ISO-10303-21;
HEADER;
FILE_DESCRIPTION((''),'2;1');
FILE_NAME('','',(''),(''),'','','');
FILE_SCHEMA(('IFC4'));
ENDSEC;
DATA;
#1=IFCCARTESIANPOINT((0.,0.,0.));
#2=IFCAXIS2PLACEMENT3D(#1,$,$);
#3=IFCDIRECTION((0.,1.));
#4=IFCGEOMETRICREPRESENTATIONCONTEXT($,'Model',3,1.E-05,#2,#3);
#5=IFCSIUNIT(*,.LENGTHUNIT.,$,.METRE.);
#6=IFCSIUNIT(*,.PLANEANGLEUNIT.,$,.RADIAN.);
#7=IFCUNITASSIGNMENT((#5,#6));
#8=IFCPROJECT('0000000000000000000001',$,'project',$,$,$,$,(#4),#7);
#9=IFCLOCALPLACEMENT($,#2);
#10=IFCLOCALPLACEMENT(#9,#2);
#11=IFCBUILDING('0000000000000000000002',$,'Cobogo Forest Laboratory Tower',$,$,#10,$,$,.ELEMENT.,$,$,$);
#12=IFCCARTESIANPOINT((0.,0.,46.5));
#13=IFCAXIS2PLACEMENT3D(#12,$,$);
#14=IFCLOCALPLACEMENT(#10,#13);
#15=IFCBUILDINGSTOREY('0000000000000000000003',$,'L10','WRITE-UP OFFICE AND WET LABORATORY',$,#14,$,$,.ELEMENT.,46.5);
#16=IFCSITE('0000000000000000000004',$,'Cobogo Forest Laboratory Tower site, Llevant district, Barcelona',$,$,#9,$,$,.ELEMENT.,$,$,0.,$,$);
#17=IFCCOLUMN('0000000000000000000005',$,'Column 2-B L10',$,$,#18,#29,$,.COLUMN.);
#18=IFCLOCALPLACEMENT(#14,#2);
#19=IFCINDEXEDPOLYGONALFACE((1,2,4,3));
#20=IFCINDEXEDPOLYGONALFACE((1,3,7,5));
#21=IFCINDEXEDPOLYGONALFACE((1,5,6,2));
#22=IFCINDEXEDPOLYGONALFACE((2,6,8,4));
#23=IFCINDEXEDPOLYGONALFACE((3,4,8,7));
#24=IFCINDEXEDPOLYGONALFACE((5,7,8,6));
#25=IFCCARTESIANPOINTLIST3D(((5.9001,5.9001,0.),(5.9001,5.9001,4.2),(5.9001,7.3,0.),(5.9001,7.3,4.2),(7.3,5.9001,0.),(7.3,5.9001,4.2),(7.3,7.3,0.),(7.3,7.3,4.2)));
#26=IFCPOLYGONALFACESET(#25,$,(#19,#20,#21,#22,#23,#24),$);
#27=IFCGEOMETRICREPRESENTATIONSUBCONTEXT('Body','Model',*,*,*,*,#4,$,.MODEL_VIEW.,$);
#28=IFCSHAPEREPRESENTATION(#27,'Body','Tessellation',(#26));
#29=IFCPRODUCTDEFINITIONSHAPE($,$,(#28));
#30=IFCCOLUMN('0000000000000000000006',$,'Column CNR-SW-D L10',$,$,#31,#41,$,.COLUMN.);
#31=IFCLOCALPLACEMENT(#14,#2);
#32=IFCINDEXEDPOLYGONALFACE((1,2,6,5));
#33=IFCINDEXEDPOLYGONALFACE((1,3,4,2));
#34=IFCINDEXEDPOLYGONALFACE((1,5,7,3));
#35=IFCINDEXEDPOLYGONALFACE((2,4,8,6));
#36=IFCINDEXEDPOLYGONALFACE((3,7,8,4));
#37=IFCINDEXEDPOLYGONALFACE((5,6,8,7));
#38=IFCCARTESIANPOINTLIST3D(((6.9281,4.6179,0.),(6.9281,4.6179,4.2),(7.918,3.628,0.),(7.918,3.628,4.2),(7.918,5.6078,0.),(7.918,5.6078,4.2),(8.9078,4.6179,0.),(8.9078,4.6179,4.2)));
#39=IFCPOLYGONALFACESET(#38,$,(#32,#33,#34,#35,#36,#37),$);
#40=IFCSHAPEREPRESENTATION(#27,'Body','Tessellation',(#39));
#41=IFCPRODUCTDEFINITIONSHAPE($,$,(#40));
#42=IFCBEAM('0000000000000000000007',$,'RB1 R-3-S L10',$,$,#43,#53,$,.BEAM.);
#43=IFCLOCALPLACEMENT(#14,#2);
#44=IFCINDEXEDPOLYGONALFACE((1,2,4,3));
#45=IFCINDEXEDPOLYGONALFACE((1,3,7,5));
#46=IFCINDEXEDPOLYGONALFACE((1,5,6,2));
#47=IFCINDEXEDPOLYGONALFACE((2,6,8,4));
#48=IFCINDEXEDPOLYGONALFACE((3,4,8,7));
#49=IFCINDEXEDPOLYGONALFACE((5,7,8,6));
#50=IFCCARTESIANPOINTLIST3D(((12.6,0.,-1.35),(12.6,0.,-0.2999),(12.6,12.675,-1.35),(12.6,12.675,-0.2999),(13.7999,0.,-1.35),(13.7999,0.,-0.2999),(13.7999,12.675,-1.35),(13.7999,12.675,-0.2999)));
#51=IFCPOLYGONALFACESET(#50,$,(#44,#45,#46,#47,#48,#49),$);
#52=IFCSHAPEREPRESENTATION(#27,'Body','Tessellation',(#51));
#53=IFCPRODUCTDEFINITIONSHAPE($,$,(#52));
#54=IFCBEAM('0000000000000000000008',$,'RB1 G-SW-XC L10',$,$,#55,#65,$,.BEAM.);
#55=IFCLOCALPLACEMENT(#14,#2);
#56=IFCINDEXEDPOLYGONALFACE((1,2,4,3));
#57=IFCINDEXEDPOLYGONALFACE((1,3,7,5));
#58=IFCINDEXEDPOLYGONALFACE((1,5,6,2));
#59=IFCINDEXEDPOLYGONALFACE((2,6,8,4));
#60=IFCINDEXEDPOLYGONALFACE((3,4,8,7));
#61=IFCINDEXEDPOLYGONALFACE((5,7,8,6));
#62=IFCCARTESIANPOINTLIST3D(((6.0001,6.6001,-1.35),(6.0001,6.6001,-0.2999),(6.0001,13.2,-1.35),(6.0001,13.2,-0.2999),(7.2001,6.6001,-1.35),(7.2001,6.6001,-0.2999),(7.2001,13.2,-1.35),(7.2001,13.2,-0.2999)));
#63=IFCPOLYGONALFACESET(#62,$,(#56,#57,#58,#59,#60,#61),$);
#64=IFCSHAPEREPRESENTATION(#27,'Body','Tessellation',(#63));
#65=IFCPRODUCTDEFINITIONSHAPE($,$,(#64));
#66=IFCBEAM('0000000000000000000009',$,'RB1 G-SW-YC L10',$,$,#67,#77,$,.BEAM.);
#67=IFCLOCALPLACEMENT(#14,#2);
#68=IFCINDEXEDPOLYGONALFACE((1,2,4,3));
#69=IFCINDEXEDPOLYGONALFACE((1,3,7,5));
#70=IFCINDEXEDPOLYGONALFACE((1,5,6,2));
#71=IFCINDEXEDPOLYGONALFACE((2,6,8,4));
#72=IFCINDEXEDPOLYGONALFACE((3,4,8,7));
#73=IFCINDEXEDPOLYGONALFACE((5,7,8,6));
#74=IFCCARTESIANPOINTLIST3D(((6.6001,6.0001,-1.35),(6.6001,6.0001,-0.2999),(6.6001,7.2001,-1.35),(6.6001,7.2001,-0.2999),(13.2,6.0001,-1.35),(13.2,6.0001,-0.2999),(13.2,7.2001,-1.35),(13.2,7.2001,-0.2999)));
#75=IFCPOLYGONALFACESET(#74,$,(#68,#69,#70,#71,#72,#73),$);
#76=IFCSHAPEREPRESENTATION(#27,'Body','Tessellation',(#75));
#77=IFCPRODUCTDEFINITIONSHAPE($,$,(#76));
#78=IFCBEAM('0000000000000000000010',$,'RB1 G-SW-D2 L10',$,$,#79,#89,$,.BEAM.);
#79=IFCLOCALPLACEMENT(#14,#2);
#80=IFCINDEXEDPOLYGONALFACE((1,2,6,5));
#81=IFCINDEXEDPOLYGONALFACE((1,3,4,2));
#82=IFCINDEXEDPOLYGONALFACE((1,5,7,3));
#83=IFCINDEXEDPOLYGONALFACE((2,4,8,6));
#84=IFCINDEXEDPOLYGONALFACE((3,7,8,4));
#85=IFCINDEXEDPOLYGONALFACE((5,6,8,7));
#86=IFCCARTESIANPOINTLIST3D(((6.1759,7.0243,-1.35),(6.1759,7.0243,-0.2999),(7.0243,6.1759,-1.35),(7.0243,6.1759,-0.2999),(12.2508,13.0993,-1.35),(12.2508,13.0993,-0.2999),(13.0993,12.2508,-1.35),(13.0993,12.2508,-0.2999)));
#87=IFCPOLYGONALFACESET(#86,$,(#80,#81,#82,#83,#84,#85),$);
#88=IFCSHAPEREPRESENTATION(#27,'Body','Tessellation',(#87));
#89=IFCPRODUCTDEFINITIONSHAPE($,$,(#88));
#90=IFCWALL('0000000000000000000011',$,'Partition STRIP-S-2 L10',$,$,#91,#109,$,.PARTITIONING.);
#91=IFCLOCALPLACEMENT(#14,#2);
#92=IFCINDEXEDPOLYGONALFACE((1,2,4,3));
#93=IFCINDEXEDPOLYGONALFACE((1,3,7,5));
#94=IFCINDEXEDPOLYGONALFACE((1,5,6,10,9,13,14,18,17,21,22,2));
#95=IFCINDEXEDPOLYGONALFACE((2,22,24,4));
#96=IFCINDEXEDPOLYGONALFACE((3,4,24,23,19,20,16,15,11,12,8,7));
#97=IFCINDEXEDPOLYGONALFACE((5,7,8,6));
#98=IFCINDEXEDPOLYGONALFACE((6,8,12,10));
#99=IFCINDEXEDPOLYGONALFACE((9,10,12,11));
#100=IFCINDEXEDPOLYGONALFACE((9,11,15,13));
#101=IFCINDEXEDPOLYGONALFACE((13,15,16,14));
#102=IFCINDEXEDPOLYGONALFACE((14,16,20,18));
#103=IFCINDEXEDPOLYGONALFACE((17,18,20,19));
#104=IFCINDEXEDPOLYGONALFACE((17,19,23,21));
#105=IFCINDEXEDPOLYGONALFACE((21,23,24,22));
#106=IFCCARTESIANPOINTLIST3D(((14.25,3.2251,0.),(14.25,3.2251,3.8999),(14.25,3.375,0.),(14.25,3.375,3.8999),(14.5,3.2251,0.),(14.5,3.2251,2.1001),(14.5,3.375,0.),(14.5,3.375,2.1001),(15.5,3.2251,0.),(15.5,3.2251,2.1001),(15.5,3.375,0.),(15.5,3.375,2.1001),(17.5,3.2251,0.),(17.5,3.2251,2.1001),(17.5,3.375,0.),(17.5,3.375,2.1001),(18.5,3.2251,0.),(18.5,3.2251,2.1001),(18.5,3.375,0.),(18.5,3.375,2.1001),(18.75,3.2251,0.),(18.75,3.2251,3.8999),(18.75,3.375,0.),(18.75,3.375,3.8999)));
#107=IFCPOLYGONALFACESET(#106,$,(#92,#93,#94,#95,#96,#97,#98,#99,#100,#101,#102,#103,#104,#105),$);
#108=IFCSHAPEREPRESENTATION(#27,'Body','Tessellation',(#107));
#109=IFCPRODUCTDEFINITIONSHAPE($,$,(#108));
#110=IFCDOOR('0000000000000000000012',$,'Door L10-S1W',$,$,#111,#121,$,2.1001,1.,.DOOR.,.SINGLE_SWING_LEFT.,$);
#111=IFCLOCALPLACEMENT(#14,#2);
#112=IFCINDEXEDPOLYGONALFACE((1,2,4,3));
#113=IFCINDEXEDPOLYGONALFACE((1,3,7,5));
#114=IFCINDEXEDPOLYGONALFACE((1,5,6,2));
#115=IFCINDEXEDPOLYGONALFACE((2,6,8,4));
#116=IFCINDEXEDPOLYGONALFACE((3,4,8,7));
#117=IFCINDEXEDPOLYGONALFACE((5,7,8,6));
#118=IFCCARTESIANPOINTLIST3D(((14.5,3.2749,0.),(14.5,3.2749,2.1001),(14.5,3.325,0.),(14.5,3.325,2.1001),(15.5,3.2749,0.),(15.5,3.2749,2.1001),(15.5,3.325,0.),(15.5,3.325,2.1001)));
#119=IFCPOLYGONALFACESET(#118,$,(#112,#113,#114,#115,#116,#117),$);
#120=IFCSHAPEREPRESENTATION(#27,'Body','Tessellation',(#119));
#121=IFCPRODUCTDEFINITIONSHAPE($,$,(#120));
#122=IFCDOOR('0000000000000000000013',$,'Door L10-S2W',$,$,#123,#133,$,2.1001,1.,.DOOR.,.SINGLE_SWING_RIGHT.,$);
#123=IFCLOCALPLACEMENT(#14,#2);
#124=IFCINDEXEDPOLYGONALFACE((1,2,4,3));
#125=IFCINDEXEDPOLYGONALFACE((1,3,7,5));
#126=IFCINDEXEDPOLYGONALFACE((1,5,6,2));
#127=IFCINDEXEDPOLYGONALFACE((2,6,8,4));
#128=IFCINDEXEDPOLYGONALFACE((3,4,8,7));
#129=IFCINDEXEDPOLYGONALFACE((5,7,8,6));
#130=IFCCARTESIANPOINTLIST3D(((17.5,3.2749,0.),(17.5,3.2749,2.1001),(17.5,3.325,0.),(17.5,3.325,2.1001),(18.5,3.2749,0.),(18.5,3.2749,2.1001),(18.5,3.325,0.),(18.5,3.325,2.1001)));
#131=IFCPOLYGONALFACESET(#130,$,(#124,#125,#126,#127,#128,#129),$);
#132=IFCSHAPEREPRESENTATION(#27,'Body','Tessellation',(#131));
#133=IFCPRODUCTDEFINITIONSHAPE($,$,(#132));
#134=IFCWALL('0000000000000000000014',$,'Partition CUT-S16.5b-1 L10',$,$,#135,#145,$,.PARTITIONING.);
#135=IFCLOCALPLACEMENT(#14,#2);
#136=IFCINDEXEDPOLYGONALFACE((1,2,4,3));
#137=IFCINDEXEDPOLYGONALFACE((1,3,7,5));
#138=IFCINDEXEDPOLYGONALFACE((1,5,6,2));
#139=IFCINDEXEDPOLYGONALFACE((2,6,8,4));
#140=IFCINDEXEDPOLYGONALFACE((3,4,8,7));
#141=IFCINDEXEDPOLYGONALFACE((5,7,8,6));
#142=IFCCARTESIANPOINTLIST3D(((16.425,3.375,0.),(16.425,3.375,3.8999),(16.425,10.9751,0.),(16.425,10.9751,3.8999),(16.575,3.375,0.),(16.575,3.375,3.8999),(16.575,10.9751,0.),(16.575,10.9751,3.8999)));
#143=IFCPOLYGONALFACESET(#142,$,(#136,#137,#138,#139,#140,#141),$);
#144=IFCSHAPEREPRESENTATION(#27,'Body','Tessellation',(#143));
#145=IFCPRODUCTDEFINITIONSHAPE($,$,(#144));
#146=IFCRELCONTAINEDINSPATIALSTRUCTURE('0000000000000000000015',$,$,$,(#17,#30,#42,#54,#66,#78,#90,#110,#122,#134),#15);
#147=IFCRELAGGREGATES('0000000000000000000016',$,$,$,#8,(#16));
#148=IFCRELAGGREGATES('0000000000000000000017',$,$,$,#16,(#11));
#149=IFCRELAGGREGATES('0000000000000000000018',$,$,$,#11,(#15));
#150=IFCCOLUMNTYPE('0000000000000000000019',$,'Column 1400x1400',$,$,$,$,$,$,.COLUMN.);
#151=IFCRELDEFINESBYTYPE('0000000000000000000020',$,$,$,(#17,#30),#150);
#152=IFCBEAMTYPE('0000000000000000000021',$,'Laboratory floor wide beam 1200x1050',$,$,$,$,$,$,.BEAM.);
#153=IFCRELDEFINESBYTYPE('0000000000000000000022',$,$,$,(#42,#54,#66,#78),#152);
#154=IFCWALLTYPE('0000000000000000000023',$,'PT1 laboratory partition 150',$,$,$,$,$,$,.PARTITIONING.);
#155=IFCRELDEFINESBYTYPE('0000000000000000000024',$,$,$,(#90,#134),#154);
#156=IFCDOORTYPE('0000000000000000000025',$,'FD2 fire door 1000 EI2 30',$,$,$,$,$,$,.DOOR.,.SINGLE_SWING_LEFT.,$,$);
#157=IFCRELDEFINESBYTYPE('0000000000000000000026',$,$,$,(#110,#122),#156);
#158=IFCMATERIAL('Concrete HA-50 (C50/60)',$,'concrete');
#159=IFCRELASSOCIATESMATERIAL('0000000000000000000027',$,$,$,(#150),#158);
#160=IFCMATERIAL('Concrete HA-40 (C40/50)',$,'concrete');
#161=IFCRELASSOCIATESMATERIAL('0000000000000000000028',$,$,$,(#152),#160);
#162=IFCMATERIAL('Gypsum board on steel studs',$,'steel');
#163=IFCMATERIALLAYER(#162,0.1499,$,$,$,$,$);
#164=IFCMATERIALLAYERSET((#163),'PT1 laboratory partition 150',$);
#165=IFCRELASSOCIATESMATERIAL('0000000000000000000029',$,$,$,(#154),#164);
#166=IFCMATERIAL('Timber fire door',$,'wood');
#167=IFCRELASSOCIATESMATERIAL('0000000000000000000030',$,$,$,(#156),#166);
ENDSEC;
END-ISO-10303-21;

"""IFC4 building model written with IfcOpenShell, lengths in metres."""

from ifc_helpers import new_model, si_unit, direction, frame, frame_2d, origin, origin_2d, place, context, subcontext, project, spatial, rectangle, extrude, material, layer, layer_set, material_profile, profile_set, type_object, element, fill, save


model = new_model("IFC4")

# Units and contexts
model_context = context("Model", 3, precision=1e-05, world=origin(), true_north=direction((0.0, 1.0)))
body_context = subcontext(model_context, "Body", "Model", "MODEL_VIEW")
ifc_project = project(units=[si_unit("LENGTHUNIT", "METRE"), si_unit("PLANEANGLEUNIT", "RADIAN")], contexts=[model_context])

# Site, building, storey
site_placement = place(None, origin())
site = spatial("IfcSite", under=ifc_project, at=site_placement, Name="Cobogo Forest Laboratory Tower site, Llevant district, Barcelona", CompositionType="ELEMENT", RefElevation=0.0)
building_placement = place(site_placement, origin())
building = spatial("IfcBuilding", under=site, at=building_placement, Name="Cobogo Forest Laboratory Tower", CompositionType="ELEMENT")
storey_placement = place(building_placement, frame((0.0, 0.0, 46.5)))
storey = spatial("IfcBuildingStorey", under=building, at=storey_placement, Name="L10", Description="WRITE-UP OFFICE AND WET LABORATORY", CompositionType="ELEMENT", Elevation=46.5)

# Columns
ifc_material_1 = material(Name="Concrete HA-50 (C50/60)", Category="concrete")
ifc_material_profile_1 = material_profile(ifc_material_1, rectangle(XDim=1.3999, YDim=1.3999, at=origin_2d()), Name="RC 1400x1400")
ifc_profile_set_1 = profile_set([ifc_material_profile_1], Name="Concrete HA-50 (C50/60)")
column_type = type_object("IfcColumnType", Name="Column 1400x1400", PredefinedType="COLUMN", material=ifc_profile_set_1)
for number, where, z_axis, x_axis, name in (
    (1, (6.6001, 6.6001, 0.0), (0.0, 0.0, 1.0), (1.0, 0.0, 0.0), "Column 2-B L10"),
    (2, (7.918, 4.6179, 0.0), (0.0, 0.0, 1.0), (0.707107, 0.707107, 0.0), "Column CNR-SW-D L10"),
):
    element("IfcColumn", number, at=place(storey_placement, frame(where, z_axis=z_axis, x_axis=x_axis)), inside=storey, type_object=column_type, Name=name, PredefinedType="COLUMN", context=body_context, shape_type="SweptSolid", body=[
        extrude(rectangle(XDim=1.3999, YDim=1.3999, at=origin_2d()), origin(), (0.0, 0.0, 1.0), 4.2),
    ])

# Beams
ifc_material_2 = material(Name="Concrete HA-40 (C40/50)", Category="concrete")
ifc_material_profile_2 = material_profile(ifc_material_2, rectangle(XDim=1.2, YDim=1.05, at=origin_2d()), Name="RC 1200x1050")
ifc_profile_set_2 = profile_set([ifc_material_profile_2], Name="Concrete HA-40 (C40/50)")
beam_type = type_object("IfcBeamType", Name="Laboratory floor wide beam 1200x1050", PredefinedType="BEAM", material=ifc_profile_set_2)
beam_1_placement = place(storey_placement, frame((13.2, 12.675, -0.825), z_axis=(0.0, -1.0, 0.0), x_axis=(1.0, 0.0, 0.0)))
element("IfcBeam", 3, at=beam_1_placement, inside=storey, type_object=beam_type, Name="RB1 R-3-S L10", PredefinedType="BEAM", context=body_context, shape_type="SweptSolid", body=[
    extrude(rectangle(XDim=1.2, YDim=1.05, at=origin_2d()), origin(), (0.0, 0.0, 1.0), 12.675),
])
for number, where, z_axis, x_axis, name in (
    (4, (6.6001, 6.6001, -0.825), (0.0, 1.0, 0.0), (-1.0, 0.0, 0.0), "RB1 G-SW-XC L10"),
    (5, (6.6001, 6.6001, -0.825), (1.0, 0.0, 0.0), (0.0, 1.0, 0.0), "RB1 G-SW-YC L10"),
):
    element("IfcBeam", number, at=place(storey_placement, frame(where, z_axis=z_axis, x_axis=x_axis)), inside=storey, type_object=beam_type, Name=name, PredefinedType="BEAM", context=body_context, shape_type="SweptSolid", body=[
        extrude(rectangle(XDim=1.2, YDim=1.05, at=origin_2d()), origin(), (0.0, 0.0, 1.0), 6.5999),
    ])
beam_2_placement = place(storey_placement, frame((6.6001, 6.6001, -0.825), z_axis=(0.707107, 0.707107, 0.0), x_axis=(-0.707107, 0.707107, 0.0)))
element("IfcBeam", 6, at=beam_2_placement, inside=storey, type_object=beam_type, Name="RB1 G-SW-D2 L10", PredefinedType="BEAM", context=body_context, shape_type="SweptSolid", body=[
    extrude(rectangle(XDim=1.2, YDim=1.05, at=origin_2d()), origin(), (0.0, 0.0, 1.0), 8.5913),
])

# Wall, openings, doors
ifc_material_3 = material(Name="Gypsum board on steel studs", Category="steel")
ifc_layer_1 = layer(ifc_material_3, 0.1499)
ifc_layer_set_1 = layer_set([ifc_layer_1], Name="PT1 laboratory partition 150")
wall_type_1 = type_object("IfcWallType", Name="PT1 laboratory partition 150", PredefinedType="PARTITIONING", material=ifc_layer_set_1)
wall_1_placement = place(storey_placement, frame((14.25, 3.3, 0.0), z_axis=(0.0, 0.0, 1.0), x_axis=(1.0, 0.0, 0.0)))
wall_1 = element("IfcWall", 7, at=wall_1_placement, inside=storey, type_object=wall_type_1, Name="Partition STRIP-S-2 L10", PredefinedType="PARTITIONING", context=body_context, shape_type="SweptSolid", body=[
    extrude(rectangle(XDim=4.5, YDim=0.1499, at=frame_2d((2.25, 0.0))), origin(), (0.0, 0.0, 1.0), 3.8999),
])
opening_1_placement = place(wall_1_placement, frame((0.25, 0.0, 0.0)))
opening_1 = element("IfcOpeningElement", 8, at=opening_1_placement, cuts=wall_1, PredefinedType="OPENING", context=body_context, shape_type="SweptSolid", body=[
    extrude(rectangle(XDim=1.0, YDim=2.1001, at=frame_2d((0.5, 1.05))), frame((0.0, 0.085, 0.0), z_axis=(0.0, -1.0, 0.0), x_axis=(1.0, 0.0, 0.0)), (0.0, 0.0, 1.0), 0.1699),
])
opening_2_placement = place(wall_1_placement, frame((3.25, 0.0, 0.0)))
opening_2 = element("IfcOpeningElement", 9, at=opening_2_placement, cuts=wall_1, PredefinedType="OPENING", context=body_context, shape_type="SweptSolid", body=[
    extrude(rectangle(XDim=1.0, YDim=2.1001, at=frame_2d((0.5, 1.05))), frame((0.0, 0.085, 0.0), z_axis=(0.0, -1.0, 0.0), x_axis=(1.0, 0.0, 0.0)), (0.0, 0.0, 1.0), 0.1699),
])
ifc_material_4 = material(Name="Timber fire door", Category="wood")
door_type_1 = type_object("IfcDoorType", Name="FD2 fire door 1000 EI2 30", OperationType="SINGLE_SWING_LEFT", PredefinedType="DOOR", material=ifc_material_4)
door_1_placement = place(opening_1_placement, origin())
door_1 = element("IfcDoor", 10, at=door_1_placement, inside=storey, type_object=door_type_1, Name="Door L10-S1W", OperationType="SINGLE_SWING_LEFT", OverallHeight=2.1001, OverallWidth=1.0, PredefinedType="DOOR", context=body_context, shape_type="SweptSolid", body=[
    extrude(rectangle(XDim=1.0, YDim=2.1001, at=frame_2d((0.5, 1.05))), frame((0.0, 0.0249, 0.0), z_axis=(0.0, -1.0, 0.0), x_axis=(1.0, 0.0, 0.0)), (0.0, 0.0, 1.0), 0.05),
])
fill(opening_1, door_1)
door_2_placement = place(opening_2_placement, origin())
door_2 = element("IfcDoor", 11, at=door_2_placement, inside=storey, type_object=door_type_1, Name="Door L10-S2W", OperationType="SINGLE_SWING_RIGHT", OverallHeight=2.1001, OverallWidth=1.0, PredefinedType="DOOR", context=body_context, shape_type="SweptSolid", body=[
    extrude(rectangle(XDim=1.0, YDim=2.1001, at=frame_2d((0.5, 1.05))), frame((0.0, 0.0249, 0.0), z_axis=(0.0, -1.0, 0.0), x_axis=(1.0, 0.0, 0.0)), (0.0, 0.0, 1.0), 0.05),
])
fill(opening_2, door_2)

# Wall
wall_2_placement = place(storey_placement, frame((16.5, 3.375, 0.0), z_axis=(0.0, 0.0, 1.0), x_axis=(0.0, 1.0, 0.0)))
element("IfcWall", 12, at=wall_2_placement, inside=storey, type_object=wall_type_1, Name="Partition CUT-S16.5b-1 L10", PredefinedType="PARTITIONING", context=body_context, shape_type="SweptSolid", body=[
    extrude(rectangle(XDim=7.6001, YDim=0.1499, at=frame_2d((3.8, 0.0))), origin(), (0.0, 0.0, 1.0), 3.8999),
])

save(model, "model.ifc")
